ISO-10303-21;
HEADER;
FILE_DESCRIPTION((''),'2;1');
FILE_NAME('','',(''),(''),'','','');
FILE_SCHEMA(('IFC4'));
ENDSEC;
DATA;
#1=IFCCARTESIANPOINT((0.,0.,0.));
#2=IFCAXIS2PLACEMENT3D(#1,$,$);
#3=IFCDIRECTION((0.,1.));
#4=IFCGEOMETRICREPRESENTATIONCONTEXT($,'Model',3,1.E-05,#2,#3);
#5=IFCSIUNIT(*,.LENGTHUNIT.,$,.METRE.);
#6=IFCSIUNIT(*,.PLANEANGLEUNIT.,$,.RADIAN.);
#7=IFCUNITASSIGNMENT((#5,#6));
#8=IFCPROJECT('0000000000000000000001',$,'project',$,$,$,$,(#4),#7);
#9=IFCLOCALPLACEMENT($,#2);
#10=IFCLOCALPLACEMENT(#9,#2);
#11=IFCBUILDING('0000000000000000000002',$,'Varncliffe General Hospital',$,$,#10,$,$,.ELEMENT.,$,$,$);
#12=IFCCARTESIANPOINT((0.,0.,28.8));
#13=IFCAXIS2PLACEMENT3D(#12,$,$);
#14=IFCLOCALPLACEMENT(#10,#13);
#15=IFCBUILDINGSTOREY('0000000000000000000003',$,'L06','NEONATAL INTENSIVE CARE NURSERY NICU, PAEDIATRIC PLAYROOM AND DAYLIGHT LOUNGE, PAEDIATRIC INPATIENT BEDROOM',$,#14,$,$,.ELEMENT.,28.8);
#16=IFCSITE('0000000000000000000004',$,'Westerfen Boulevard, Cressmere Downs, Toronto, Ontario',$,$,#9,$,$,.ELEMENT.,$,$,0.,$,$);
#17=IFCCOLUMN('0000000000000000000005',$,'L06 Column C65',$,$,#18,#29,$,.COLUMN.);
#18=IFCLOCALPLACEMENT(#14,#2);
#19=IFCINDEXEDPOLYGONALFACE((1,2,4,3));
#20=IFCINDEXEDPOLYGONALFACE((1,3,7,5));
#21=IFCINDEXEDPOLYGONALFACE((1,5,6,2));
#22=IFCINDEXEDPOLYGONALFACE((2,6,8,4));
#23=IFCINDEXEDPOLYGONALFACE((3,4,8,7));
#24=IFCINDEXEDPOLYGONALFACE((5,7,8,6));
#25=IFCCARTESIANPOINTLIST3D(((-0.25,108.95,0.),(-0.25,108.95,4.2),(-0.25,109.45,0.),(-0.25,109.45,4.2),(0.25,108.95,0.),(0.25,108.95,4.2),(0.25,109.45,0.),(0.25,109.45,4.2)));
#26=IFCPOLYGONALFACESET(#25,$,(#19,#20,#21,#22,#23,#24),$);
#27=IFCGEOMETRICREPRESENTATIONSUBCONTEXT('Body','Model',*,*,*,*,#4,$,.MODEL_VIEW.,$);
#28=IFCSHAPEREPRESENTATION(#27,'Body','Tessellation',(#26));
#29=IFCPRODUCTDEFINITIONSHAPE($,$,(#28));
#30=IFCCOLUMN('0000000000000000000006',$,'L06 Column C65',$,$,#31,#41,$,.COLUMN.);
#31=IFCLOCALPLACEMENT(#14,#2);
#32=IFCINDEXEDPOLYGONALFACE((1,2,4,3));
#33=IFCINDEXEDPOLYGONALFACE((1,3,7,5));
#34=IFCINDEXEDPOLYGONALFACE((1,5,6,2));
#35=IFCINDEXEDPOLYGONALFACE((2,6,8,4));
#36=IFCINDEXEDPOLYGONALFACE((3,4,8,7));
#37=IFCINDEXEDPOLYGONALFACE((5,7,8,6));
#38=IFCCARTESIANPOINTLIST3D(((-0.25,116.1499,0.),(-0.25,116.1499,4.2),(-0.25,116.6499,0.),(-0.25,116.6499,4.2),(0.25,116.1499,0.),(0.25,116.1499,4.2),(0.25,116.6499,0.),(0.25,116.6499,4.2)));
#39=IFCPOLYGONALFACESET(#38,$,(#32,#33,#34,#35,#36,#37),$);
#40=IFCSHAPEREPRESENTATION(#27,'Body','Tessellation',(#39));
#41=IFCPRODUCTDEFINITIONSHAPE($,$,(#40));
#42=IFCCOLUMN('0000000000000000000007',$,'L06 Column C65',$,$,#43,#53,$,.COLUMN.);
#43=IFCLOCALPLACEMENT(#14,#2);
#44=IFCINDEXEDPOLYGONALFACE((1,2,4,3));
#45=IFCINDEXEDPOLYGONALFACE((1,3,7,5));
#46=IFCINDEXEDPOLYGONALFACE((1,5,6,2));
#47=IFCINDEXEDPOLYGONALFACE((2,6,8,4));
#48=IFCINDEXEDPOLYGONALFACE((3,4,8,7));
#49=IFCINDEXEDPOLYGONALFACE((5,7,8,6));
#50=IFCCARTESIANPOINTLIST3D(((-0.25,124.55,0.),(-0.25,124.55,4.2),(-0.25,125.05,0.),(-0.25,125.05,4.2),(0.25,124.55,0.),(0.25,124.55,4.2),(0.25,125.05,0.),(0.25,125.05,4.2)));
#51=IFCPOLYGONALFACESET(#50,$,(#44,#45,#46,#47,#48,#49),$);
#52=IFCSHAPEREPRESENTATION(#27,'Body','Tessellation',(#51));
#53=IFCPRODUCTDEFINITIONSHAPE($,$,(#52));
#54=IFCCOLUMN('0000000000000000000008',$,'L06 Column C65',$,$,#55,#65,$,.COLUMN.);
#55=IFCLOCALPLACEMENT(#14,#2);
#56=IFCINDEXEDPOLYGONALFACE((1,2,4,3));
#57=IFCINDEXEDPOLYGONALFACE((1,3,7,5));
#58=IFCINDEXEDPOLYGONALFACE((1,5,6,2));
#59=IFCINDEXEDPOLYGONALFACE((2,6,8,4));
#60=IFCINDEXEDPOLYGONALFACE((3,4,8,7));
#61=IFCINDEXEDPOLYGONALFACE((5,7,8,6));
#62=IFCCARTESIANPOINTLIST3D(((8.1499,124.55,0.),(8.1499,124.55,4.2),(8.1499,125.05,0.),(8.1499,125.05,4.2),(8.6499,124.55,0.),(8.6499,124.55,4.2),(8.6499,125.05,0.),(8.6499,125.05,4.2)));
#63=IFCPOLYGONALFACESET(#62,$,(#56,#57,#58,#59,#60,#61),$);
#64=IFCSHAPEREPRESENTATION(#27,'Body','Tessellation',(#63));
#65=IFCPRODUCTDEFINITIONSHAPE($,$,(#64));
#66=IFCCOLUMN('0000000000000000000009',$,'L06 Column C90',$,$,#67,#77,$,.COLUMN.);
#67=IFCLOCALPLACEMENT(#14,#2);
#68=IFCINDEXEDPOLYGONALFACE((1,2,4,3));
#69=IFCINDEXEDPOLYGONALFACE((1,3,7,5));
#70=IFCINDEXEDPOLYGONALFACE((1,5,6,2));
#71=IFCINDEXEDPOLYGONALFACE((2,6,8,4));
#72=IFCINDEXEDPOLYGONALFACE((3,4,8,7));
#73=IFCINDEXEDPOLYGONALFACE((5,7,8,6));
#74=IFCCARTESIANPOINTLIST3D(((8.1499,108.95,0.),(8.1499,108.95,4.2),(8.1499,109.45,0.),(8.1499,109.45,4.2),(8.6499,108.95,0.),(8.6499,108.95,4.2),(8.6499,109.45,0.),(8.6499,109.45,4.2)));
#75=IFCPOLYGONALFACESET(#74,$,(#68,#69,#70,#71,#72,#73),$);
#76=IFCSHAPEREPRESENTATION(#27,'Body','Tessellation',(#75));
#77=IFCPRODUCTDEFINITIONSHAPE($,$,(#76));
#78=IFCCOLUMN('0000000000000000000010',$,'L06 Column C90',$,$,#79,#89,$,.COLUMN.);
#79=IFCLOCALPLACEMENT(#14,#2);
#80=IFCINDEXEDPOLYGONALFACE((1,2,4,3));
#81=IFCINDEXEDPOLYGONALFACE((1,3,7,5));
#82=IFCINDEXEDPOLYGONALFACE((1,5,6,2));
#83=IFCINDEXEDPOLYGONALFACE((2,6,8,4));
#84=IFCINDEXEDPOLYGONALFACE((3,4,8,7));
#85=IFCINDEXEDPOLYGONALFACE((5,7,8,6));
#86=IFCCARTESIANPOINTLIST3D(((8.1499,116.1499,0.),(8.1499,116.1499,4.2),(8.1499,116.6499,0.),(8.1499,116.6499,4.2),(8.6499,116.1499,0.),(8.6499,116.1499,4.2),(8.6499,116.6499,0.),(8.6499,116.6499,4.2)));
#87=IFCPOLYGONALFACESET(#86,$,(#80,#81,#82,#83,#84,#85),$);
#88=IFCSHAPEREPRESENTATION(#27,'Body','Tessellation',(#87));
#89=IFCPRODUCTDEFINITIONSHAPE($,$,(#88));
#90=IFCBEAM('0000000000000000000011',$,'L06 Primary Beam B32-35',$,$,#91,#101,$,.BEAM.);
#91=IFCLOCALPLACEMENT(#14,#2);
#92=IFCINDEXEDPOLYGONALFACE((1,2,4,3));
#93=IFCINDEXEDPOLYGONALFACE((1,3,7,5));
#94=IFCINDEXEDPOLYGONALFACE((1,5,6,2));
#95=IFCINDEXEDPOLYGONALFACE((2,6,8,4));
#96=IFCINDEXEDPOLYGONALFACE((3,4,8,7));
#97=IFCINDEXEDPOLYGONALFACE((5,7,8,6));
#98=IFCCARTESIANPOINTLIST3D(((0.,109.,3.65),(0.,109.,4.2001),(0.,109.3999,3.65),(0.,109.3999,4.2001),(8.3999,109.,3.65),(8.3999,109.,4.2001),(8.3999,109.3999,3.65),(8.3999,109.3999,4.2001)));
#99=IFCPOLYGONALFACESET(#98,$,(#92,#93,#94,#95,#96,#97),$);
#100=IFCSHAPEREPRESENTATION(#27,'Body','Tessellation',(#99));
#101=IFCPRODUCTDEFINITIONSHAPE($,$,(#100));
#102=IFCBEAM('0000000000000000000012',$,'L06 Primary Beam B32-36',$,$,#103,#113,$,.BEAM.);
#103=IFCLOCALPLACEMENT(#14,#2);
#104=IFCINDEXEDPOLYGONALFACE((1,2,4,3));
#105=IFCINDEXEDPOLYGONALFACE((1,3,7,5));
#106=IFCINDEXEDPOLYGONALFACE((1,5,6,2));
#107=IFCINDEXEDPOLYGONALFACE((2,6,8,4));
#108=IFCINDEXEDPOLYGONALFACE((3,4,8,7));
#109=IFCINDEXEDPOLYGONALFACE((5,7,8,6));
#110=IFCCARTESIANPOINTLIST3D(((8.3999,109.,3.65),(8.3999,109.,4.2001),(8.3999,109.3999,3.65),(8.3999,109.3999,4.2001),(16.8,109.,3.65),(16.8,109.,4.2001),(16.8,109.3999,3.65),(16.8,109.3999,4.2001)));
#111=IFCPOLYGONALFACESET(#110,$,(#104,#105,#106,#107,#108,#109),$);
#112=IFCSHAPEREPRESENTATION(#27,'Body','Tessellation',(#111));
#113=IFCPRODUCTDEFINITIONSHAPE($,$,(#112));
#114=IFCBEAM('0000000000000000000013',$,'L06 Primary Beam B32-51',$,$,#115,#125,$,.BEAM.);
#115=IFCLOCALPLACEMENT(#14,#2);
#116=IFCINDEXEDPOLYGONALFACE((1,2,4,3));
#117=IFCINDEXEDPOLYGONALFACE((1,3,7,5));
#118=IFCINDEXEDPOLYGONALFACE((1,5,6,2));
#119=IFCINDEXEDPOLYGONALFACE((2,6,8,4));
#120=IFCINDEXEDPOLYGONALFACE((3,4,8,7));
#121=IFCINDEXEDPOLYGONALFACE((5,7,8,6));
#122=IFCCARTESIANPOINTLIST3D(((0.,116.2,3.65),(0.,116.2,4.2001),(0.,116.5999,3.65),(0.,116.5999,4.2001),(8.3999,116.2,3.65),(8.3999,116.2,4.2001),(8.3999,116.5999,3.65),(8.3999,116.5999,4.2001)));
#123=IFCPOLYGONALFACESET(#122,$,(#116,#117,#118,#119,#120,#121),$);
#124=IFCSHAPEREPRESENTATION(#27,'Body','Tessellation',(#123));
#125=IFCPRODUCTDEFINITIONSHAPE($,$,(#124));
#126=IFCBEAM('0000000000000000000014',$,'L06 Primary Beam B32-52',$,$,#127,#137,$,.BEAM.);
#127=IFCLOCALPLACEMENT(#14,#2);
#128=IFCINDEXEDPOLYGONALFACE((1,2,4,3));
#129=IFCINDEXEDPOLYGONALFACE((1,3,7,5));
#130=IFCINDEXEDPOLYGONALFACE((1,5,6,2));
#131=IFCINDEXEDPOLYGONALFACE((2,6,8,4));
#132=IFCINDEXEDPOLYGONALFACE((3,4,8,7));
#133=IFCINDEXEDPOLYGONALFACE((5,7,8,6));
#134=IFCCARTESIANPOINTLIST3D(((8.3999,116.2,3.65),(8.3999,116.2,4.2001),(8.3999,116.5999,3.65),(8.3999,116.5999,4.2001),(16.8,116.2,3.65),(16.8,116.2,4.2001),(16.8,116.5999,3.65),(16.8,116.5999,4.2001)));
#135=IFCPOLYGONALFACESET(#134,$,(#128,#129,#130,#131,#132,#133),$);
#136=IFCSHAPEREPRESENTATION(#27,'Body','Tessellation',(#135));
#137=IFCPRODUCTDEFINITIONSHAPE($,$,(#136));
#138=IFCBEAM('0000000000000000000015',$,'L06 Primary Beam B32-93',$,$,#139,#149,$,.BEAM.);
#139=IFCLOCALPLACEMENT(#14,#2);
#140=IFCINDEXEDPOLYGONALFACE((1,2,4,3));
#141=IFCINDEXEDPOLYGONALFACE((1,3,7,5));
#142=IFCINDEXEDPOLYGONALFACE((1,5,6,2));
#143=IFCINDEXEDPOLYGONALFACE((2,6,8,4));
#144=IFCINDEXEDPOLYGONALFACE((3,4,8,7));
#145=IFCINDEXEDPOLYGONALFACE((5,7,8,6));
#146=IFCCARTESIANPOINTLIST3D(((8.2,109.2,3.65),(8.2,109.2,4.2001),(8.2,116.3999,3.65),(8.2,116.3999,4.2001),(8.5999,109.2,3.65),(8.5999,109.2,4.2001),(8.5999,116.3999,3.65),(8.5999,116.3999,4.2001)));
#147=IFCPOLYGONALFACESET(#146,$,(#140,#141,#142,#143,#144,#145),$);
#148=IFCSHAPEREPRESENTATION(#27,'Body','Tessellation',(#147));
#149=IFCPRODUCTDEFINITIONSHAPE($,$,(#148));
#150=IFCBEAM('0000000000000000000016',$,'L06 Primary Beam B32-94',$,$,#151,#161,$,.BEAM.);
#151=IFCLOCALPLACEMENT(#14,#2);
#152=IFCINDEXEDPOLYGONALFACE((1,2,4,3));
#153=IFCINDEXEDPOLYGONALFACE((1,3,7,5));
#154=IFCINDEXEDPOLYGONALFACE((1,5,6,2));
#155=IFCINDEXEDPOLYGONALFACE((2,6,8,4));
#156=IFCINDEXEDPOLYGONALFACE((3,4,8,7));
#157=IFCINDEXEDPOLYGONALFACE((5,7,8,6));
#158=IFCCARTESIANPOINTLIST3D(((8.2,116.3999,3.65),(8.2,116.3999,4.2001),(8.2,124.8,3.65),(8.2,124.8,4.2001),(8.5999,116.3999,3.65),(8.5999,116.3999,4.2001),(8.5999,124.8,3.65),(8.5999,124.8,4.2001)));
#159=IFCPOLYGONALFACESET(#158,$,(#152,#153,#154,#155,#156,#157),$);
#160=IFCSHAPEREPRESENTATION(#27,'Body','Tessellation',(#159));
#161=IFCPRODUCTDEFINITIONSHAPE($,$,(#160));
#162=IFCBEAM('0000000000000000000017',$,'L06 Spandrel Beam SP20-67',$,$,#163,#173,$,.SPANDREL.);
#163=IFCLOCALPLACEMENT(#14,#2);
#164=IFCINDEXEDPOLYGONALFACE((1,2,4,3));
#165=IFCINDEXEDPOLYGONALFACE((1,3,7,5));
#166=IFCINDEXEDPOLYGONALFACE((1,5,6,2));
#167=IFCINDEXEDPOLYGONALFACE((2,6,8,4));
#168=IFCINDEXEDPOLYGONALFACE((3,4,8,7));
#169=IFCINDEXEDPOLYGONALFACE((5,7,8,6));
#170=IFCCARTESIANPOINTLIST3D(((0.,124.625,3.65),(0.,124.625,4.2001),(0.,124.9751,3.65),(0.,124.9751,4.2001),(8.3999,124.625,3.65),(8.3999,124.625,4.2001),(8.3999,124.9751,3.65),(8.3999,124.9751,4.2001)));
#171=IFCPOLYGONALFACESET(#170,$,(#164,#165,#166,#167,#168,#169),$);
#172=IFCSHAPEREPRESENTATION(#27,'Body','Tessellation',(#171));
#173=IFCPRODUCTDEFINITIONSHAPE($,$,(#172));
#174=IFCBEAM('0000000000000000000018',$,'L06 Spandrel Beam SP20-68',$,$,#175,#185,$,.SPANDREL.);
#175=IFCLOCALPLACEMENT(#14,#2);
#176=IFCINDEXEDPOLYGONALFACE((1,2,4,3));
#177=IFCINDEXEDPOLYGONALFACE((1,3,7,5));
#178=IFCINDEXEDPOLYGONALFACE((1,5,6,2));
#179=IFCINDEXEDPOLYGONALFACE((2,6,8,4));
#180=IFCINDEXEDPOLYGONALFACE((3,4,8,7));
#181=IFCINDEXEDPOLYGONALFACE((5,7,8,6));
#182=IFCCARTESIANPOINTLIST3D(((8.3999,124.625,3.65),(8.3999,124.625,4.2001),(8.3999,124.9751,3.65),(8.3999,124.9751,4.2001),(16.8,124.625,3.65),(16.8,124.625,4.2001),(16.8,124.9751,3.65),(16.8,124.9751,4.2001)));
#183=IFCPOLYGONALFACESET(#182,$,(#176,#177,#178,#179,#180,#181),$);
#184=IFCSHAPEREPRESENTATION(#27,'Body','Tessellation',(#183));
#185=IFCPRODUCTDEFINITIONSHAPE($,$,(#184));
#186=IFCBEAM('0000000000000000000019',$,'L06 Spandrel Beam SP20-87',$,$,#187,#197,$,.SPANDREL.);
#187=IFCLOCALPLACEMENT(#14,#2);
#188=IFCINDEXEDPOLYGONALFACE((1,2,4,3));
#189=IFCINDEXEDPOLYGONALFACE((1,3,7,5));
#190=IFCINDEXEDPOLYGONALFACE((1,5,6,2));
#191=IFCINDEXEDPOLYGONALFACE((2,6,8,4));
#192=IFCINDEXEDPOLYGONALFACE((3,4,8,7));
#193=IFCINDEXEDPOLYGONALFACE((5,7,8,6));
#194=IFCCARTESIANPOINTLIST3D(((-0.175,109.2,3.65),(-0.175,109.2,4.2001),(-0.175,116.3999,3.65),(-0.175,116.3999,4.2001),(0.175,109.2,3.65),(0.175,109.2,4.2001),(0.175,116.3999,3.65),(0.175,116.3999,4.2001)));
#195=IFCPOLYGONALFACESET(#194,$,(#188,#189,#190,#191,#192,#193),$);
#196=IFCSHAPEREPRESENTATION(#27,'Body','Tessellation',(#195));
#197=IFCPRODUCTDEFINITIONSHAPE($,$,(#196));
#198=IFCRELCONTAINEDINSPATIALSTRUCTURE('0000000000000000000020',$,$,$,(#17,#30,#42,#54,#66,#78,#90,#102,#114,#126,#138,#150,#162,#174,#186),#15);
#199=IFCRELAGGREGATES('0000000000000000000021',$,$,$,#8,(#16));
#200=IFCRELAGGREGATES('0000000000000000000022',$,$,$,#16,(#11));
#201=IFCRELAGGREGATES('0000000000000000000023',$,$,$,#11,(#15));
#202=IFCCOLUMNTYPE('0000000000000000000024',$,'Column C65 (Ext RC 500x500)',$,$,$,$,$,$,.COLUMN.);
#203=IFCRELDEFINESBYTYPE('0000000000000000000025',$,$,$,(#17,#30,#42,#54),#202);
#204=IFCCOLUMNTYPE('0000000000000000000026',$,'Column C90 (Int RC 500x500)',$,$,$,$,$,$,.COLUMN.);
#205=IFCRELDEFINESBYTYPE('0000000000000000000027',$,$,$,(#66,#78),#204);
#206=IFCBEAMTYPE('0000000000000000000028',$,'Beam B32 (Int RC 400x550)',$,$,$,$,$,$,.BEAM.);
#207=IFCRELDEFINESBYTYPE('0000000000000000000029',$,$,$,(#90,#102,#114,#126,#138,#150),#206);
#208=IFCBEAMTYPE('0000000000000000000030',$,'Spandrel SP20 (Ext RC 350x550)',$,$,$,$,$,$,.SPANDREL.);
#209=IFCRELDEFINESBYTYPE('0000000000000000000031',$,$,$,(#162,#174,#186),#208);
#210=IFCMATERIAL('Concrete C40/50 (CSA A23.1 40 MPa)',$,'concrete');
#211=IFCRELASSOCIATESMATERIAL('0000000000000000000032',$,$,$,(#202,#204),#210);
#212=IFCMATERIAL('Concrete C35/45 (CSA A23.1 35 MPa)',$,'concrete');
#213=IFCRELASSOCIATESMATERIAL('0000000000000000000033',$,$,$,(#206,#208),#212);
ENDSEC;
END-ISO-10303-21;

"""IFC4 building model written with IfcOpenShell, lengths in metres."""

from ifc_helpers import new_model, si_unit, direction, frame, origin, origin_2d, place, context, subcontext, project, spatial, rectangle, extrude, material, material_profile, profile_set, type_object, element, save


model = new_model("IFC4")

# Units and contexts
model_context = context("Model", 3, precision=1e-05, world=origin(), true_north=direction((0.0, 1.0)))
body_context = subcontext(model_context, "Body", "Model", "MODEL_VIEW")
ifc_project = project(units=[si_unit("LENGTHUNIT", "METRE"), si_unit("PLANEANGLEUNIT", "RADIAN")], contexts=[model_context])

# Site, building, storey
site_placement = place(None, origin())
site = spatial("IfcSite", under=ifc_project, at=site_placement, Name="Westerfen Boulevard, Cressmere Downs, Toronto, Ontario", CompositionType="ELEMENT", RefElevation=0.0)
building_placement = place(site_placement, origin())
building = spatial("IfcBuilding", under=site, at=building_placement, Name="Varncliffe General Hospital", CompositionType="ELEMENT")
storey_placement = place(building_placement, frame((0.0, 0.0, 28.8)))
storey = spatial("IfcBuildingStorey", under=building, at=storey_placement, Name="L06", Description="NEONATAL INTENSIVE CARE NURSERY NICU, PAEDIATRIC PLAYROOM AND DAYLIGHT LOUNGE, PAEDIATRIC INPATIENT BEDROOM", CompositionType="ELEMENT", Elevation=28.8)

# Columns
ifc_material_1 = material(Name="Concrete C40/50 (CSA A23.1 40 MPa)", Category="concrete")
ifc_material_profile_1 = material_profile(ifc_material_1, rectangle(XDim=0.5, YDim=0.5, at=origin_2d()), Name="RC 500x500")
ifc_profile_set_1 = profile_set([ifc_material_profile_1], Name="Concrete C40/50 (CSA A23.1 40 MPa)")
column_type_1 = type_object("IfcColumnType", Name="Column C65 (Ext RC 500x500)", PredefinedType="COLUMN", material=ifc_profile_set_1)
for number, where, z_axis, x_axis, name in (
    (1, (0.0, 109.2, 0.0), (0.0, 0.0, 1.0), (1.0, 0.0, 0.0), "L06 Column C65"),
    (2, (0.0, 116.3999, 0.0), (0.0, 0.0, 1.0), (1.0, 0.0, 0.0), "L06 Column C65"),
    (3, (0.0, 124.8, 0.0), (0.0, 0.0, 1.0), (1.0, 0.0, 0.0), "L06 Column C65"),
    (4, (8.3999, 124.8, 0.0), (0.0, 0.0, 1.0), (1.0, 0.0, 0.0), "L06 Column C65"),
):
    element("IfcColumn", number, at=place(storey_placement, frame(where, z_axis=z_axis, x_axis=x_axis)), inside=storey, type_object=column_type_1, Name=name, PredefinedType="COLUMN", context=body_context, shape_type="SweptSolid", body=[
        extrude(rectangle(XDim=0.5, YDim=0.5, at=origin_2d()), origin(), (0.0, 0.0, 1.0), 4.2),
    ])
ifc_material_profile_2 = material_profile(ifc_material_1, rectangle(XDim=0.5, YDim=0.5, at=origin_2d()), Name="RC 500x500")
ifc_profile_set_2 = profile_set([ifc_material_profile_2], Name="Concrete C40/50 (CSA A23.1 40 MPa)")
column_type_2 = type_object("IfcColumnType", Name="Column C90 (Int RC 500x500)", PredefinedType="COLUMN", material=ifc_profile_set_2)
for number, where, z_axis, x_axis, name in (
    (5, (8.3999, 109.2, 0.0), (0.0, 0.0, 1.0), (1.0, 0.0, 0.0), "L06 Column C90"),
    (6, (8.3999, 116.3999, 0.0), (0.0, 0.0, 1.0), (1.0, 0.0, 0.0), "L06 Column C90"),
):
    element("IfcColumn", number, at=place(storey_placement, frame(where, z_axis=z_axis, x_axis=x_axis)), inside=storey, type_object=column_type_2, Name=name, PredefinedType="COLUMN", context=body_context, shape_type="SweptSolid", body=[
        extrude(rectangle(XDim=0.5, YDim=0.5, at=origin_2d()), origin(), (0.0, 0.0, 1.0), 4.2),
    ])

# Beams
ifc_material_2 = material(Name="Concrete C35/45 (CSA A23.1 35 MPa)", Category="concrete")
ifc_material_profile_3 = material_profile(ifc_material_2, rectangle(XDim=0.3999, YDim=0.55, at=origin_2d()), Name="RC 400x550")
ifc_profile_set_3 = profile_set([ifc_material_profile_3], Name="Concrete C35/45 (CSA A23.1 35 MPa)")
beam_type_1 = type_object("IfcBeamType", Name="Beam B32 (Int RC 400x550)", PredefinedType="BEAM", material=ifc_profile_set_3)
beam_1_placement = place(storey_placement, frame((0.0, 109.2, 3.925), z_axis=(1.0, 0.0, 0.0), x_axis=(0.0, 1.0, 0.0)))
element("IfcBeam", 7, at=beam_1_placement, inside=storey, type_object=beam_type_1, Name="L06 Primary Beam B32-35", PredefinedType="BEAM", context=body_context, shape_type="SweptSolid", body=[
    extrude(rectangle(XDim=0.3999, YDim=0.55, at=origin_2d()), origin(), (0.0, 0.0, 1.0), 8.3999),
])
beam_2_placement = place(storey_placement, frame((8.3999, 109.2, 3.925), z_axis=(1.0, 0.0, 0.0), x_axis=(0.0, 1.0, 0.0)))
element("IfcBeam", 8, at=beam_2_placement, inside=storey, type_object=beam_type_1, Name="L06 Primary Beam B32-36", PredefinedType="BEAM", context=body_context, shape_type="SweptSolid", body=[
    extrude(rectangle(XDim=0.3999, YDim=0.55, at=origin_2d()), origin(), (0.0, 0.0, 1.0), 8.4001),
])
beam_3_placement = place(storey_placement, frame((0.0, 116.3999, 3.925), z_axis=(1.0, 0.0, 0.0), x_axis=(0.0, 1.0, 0.0)))
element("IfcBeam", 9, at=beam_3_placement, inside=storey, type_object=beam_type_1, Name="L06 Primary Beam B32-51", PredefinedType="BEAM", context=body_context, shape_type="SweptSolid", body=[
    extrude(rectangle(XDim=0.3999, YDim=0.55, at=origin_2d()), origin(), (0.0, 0.0, 1.0), 8.3999),
])
beam_4_placement = place(storey_placement, frame((8.3999, 116.3999, 3.925), z_axis=(1.0, 0.0, 0.0), x_axis=(0.0, 1.0, 0.0)))
element("IfcBeam", 10, at=beam_4_placement, inside=storey, type_object=beam_type_1, Name="L06 Primary Beam B32-52", PredefinedType="BEAM", context=body_context, shape_type="SweptSolid", body=[
    extrude(rectangle(XDim=0.3999, YDim=0.55, at=origin_2d()), origin(), (0.0, 0.0, 1.0), 8.4001),
])
beam_5_placement = place(storey_placement, frame((8.3999, 109.2, 3.925), z_axis=(0.0, 1.0, 0.0), x_axis=(-1.0, 0.0, 0.0)))
element("IfcBeam", 11, at=beam_5_placement, inside=storey, type_object=beam_type_1, Name="L06 Primary Beam B32-93", PredefinedType="BEAM", context=body_context, shape_type="SweptSolid", body=[
    extrude(rectangle(XDim=0.3999, YDim=0.55, at=origin_2d()), origin(), (0.0, 0.0, 1.0), 7.2),
])
beam_6_placement = place(storey_placement, frame((8.3999, 116.3999, 3.925), z_axis=(0.0, 1.0, 0.0), x_axis=(-1.0, 0.0, 0.0)))
element("IfcBeam", 12, at=beam_6_placement, inside=storey, type_object=beam_type_1, Name="L06 Primary Beam B32-94", PredefinedType="BEAM", context=body_context, shape_type="SweptSolid", body=[
    extrude(rectangle(XDim=0.3999, YDim=0.55, at=origin_2d()), origin(), (0.0, 0.0, 1.0), 8.4001),
])
ifc_material_profile_4 = material_profile(ifc_material_2, rectangle(XDim=0.3501, YDim=0.55, at=origin_2d()), Name="RC 350x550")
ifc_profile_set_4 = profile_set([ifc_material_profile_4], Name="Concrete C35/45 (CSA A23.1 35 MPa)")
beam_type_2 = type_object("IfcBeamType", Name="Spandrel SP20 (Ext RC 350x550)", PredefinedType="SPANDREL", material=ifc_profile_set_4)
beam_7_placement = place(storey_placement, frame((0.0, 124.8, 3.925), z_axis=(1.0, 0.0, 0.0), x_axis=(0.0, 1.0, 0.0)))
element("IfcBeam", 13, at=beam_7_placement, inside=storey, type_object=beam_type_2, Name="L06 Spandrel Beam SP20-67", PredefinedType="SPANDREL", context=body_context, shape_type="SweptSolid", body=[
    extrude(rectangle(XDim=0.3501, YDim=0.55, at=origin_2d()), origin(), (0.0, 0.0, 1.0), 8.3999),
])
beam_8_placement = place(storey_placement, frame((8.3999, 124.8, 3.925), z_axis=(1.0, 0.0, 0.0), x_axis=(0.0, 1.0, 0.0)))
element("IfcBeam", 14, at=beam_8_placement, inside=storey, type_object=beam_type_2, Name="L06 Spandrel Beam SP20-68", PredefinedType="SPANDREL", context=body_context, shape_type="SweptSolid", body=[
    extrude(rectangle(XDim=0.3501, YDim=0.55, at=origin_2d()), origin(), (0.0, 0.0, 1.0), 8.4001),
])
beam_9_placement = place(storey_placement, frame((0.0, 109.2, 3.925), z_axis=(0.0, 1.0, 0.0), x_axis=(-1.0, 0.0, 0.0)))
element("IfcBeam", 15, at=beam_9_placement, inside=storey, type_object=beam_type_2, Name="L06 Spandrel Beam SP20-87", PredefinedType="SPANDREL", context=body_context, shape_type="SweptSolid", body=[
    extrude(rectangle(XDim=0.3501, YDim=0.55, at=origin_2d()), origin(), (0.0, 0.0, 1.0), 7.2),
])

save(model, "model.ifc")
